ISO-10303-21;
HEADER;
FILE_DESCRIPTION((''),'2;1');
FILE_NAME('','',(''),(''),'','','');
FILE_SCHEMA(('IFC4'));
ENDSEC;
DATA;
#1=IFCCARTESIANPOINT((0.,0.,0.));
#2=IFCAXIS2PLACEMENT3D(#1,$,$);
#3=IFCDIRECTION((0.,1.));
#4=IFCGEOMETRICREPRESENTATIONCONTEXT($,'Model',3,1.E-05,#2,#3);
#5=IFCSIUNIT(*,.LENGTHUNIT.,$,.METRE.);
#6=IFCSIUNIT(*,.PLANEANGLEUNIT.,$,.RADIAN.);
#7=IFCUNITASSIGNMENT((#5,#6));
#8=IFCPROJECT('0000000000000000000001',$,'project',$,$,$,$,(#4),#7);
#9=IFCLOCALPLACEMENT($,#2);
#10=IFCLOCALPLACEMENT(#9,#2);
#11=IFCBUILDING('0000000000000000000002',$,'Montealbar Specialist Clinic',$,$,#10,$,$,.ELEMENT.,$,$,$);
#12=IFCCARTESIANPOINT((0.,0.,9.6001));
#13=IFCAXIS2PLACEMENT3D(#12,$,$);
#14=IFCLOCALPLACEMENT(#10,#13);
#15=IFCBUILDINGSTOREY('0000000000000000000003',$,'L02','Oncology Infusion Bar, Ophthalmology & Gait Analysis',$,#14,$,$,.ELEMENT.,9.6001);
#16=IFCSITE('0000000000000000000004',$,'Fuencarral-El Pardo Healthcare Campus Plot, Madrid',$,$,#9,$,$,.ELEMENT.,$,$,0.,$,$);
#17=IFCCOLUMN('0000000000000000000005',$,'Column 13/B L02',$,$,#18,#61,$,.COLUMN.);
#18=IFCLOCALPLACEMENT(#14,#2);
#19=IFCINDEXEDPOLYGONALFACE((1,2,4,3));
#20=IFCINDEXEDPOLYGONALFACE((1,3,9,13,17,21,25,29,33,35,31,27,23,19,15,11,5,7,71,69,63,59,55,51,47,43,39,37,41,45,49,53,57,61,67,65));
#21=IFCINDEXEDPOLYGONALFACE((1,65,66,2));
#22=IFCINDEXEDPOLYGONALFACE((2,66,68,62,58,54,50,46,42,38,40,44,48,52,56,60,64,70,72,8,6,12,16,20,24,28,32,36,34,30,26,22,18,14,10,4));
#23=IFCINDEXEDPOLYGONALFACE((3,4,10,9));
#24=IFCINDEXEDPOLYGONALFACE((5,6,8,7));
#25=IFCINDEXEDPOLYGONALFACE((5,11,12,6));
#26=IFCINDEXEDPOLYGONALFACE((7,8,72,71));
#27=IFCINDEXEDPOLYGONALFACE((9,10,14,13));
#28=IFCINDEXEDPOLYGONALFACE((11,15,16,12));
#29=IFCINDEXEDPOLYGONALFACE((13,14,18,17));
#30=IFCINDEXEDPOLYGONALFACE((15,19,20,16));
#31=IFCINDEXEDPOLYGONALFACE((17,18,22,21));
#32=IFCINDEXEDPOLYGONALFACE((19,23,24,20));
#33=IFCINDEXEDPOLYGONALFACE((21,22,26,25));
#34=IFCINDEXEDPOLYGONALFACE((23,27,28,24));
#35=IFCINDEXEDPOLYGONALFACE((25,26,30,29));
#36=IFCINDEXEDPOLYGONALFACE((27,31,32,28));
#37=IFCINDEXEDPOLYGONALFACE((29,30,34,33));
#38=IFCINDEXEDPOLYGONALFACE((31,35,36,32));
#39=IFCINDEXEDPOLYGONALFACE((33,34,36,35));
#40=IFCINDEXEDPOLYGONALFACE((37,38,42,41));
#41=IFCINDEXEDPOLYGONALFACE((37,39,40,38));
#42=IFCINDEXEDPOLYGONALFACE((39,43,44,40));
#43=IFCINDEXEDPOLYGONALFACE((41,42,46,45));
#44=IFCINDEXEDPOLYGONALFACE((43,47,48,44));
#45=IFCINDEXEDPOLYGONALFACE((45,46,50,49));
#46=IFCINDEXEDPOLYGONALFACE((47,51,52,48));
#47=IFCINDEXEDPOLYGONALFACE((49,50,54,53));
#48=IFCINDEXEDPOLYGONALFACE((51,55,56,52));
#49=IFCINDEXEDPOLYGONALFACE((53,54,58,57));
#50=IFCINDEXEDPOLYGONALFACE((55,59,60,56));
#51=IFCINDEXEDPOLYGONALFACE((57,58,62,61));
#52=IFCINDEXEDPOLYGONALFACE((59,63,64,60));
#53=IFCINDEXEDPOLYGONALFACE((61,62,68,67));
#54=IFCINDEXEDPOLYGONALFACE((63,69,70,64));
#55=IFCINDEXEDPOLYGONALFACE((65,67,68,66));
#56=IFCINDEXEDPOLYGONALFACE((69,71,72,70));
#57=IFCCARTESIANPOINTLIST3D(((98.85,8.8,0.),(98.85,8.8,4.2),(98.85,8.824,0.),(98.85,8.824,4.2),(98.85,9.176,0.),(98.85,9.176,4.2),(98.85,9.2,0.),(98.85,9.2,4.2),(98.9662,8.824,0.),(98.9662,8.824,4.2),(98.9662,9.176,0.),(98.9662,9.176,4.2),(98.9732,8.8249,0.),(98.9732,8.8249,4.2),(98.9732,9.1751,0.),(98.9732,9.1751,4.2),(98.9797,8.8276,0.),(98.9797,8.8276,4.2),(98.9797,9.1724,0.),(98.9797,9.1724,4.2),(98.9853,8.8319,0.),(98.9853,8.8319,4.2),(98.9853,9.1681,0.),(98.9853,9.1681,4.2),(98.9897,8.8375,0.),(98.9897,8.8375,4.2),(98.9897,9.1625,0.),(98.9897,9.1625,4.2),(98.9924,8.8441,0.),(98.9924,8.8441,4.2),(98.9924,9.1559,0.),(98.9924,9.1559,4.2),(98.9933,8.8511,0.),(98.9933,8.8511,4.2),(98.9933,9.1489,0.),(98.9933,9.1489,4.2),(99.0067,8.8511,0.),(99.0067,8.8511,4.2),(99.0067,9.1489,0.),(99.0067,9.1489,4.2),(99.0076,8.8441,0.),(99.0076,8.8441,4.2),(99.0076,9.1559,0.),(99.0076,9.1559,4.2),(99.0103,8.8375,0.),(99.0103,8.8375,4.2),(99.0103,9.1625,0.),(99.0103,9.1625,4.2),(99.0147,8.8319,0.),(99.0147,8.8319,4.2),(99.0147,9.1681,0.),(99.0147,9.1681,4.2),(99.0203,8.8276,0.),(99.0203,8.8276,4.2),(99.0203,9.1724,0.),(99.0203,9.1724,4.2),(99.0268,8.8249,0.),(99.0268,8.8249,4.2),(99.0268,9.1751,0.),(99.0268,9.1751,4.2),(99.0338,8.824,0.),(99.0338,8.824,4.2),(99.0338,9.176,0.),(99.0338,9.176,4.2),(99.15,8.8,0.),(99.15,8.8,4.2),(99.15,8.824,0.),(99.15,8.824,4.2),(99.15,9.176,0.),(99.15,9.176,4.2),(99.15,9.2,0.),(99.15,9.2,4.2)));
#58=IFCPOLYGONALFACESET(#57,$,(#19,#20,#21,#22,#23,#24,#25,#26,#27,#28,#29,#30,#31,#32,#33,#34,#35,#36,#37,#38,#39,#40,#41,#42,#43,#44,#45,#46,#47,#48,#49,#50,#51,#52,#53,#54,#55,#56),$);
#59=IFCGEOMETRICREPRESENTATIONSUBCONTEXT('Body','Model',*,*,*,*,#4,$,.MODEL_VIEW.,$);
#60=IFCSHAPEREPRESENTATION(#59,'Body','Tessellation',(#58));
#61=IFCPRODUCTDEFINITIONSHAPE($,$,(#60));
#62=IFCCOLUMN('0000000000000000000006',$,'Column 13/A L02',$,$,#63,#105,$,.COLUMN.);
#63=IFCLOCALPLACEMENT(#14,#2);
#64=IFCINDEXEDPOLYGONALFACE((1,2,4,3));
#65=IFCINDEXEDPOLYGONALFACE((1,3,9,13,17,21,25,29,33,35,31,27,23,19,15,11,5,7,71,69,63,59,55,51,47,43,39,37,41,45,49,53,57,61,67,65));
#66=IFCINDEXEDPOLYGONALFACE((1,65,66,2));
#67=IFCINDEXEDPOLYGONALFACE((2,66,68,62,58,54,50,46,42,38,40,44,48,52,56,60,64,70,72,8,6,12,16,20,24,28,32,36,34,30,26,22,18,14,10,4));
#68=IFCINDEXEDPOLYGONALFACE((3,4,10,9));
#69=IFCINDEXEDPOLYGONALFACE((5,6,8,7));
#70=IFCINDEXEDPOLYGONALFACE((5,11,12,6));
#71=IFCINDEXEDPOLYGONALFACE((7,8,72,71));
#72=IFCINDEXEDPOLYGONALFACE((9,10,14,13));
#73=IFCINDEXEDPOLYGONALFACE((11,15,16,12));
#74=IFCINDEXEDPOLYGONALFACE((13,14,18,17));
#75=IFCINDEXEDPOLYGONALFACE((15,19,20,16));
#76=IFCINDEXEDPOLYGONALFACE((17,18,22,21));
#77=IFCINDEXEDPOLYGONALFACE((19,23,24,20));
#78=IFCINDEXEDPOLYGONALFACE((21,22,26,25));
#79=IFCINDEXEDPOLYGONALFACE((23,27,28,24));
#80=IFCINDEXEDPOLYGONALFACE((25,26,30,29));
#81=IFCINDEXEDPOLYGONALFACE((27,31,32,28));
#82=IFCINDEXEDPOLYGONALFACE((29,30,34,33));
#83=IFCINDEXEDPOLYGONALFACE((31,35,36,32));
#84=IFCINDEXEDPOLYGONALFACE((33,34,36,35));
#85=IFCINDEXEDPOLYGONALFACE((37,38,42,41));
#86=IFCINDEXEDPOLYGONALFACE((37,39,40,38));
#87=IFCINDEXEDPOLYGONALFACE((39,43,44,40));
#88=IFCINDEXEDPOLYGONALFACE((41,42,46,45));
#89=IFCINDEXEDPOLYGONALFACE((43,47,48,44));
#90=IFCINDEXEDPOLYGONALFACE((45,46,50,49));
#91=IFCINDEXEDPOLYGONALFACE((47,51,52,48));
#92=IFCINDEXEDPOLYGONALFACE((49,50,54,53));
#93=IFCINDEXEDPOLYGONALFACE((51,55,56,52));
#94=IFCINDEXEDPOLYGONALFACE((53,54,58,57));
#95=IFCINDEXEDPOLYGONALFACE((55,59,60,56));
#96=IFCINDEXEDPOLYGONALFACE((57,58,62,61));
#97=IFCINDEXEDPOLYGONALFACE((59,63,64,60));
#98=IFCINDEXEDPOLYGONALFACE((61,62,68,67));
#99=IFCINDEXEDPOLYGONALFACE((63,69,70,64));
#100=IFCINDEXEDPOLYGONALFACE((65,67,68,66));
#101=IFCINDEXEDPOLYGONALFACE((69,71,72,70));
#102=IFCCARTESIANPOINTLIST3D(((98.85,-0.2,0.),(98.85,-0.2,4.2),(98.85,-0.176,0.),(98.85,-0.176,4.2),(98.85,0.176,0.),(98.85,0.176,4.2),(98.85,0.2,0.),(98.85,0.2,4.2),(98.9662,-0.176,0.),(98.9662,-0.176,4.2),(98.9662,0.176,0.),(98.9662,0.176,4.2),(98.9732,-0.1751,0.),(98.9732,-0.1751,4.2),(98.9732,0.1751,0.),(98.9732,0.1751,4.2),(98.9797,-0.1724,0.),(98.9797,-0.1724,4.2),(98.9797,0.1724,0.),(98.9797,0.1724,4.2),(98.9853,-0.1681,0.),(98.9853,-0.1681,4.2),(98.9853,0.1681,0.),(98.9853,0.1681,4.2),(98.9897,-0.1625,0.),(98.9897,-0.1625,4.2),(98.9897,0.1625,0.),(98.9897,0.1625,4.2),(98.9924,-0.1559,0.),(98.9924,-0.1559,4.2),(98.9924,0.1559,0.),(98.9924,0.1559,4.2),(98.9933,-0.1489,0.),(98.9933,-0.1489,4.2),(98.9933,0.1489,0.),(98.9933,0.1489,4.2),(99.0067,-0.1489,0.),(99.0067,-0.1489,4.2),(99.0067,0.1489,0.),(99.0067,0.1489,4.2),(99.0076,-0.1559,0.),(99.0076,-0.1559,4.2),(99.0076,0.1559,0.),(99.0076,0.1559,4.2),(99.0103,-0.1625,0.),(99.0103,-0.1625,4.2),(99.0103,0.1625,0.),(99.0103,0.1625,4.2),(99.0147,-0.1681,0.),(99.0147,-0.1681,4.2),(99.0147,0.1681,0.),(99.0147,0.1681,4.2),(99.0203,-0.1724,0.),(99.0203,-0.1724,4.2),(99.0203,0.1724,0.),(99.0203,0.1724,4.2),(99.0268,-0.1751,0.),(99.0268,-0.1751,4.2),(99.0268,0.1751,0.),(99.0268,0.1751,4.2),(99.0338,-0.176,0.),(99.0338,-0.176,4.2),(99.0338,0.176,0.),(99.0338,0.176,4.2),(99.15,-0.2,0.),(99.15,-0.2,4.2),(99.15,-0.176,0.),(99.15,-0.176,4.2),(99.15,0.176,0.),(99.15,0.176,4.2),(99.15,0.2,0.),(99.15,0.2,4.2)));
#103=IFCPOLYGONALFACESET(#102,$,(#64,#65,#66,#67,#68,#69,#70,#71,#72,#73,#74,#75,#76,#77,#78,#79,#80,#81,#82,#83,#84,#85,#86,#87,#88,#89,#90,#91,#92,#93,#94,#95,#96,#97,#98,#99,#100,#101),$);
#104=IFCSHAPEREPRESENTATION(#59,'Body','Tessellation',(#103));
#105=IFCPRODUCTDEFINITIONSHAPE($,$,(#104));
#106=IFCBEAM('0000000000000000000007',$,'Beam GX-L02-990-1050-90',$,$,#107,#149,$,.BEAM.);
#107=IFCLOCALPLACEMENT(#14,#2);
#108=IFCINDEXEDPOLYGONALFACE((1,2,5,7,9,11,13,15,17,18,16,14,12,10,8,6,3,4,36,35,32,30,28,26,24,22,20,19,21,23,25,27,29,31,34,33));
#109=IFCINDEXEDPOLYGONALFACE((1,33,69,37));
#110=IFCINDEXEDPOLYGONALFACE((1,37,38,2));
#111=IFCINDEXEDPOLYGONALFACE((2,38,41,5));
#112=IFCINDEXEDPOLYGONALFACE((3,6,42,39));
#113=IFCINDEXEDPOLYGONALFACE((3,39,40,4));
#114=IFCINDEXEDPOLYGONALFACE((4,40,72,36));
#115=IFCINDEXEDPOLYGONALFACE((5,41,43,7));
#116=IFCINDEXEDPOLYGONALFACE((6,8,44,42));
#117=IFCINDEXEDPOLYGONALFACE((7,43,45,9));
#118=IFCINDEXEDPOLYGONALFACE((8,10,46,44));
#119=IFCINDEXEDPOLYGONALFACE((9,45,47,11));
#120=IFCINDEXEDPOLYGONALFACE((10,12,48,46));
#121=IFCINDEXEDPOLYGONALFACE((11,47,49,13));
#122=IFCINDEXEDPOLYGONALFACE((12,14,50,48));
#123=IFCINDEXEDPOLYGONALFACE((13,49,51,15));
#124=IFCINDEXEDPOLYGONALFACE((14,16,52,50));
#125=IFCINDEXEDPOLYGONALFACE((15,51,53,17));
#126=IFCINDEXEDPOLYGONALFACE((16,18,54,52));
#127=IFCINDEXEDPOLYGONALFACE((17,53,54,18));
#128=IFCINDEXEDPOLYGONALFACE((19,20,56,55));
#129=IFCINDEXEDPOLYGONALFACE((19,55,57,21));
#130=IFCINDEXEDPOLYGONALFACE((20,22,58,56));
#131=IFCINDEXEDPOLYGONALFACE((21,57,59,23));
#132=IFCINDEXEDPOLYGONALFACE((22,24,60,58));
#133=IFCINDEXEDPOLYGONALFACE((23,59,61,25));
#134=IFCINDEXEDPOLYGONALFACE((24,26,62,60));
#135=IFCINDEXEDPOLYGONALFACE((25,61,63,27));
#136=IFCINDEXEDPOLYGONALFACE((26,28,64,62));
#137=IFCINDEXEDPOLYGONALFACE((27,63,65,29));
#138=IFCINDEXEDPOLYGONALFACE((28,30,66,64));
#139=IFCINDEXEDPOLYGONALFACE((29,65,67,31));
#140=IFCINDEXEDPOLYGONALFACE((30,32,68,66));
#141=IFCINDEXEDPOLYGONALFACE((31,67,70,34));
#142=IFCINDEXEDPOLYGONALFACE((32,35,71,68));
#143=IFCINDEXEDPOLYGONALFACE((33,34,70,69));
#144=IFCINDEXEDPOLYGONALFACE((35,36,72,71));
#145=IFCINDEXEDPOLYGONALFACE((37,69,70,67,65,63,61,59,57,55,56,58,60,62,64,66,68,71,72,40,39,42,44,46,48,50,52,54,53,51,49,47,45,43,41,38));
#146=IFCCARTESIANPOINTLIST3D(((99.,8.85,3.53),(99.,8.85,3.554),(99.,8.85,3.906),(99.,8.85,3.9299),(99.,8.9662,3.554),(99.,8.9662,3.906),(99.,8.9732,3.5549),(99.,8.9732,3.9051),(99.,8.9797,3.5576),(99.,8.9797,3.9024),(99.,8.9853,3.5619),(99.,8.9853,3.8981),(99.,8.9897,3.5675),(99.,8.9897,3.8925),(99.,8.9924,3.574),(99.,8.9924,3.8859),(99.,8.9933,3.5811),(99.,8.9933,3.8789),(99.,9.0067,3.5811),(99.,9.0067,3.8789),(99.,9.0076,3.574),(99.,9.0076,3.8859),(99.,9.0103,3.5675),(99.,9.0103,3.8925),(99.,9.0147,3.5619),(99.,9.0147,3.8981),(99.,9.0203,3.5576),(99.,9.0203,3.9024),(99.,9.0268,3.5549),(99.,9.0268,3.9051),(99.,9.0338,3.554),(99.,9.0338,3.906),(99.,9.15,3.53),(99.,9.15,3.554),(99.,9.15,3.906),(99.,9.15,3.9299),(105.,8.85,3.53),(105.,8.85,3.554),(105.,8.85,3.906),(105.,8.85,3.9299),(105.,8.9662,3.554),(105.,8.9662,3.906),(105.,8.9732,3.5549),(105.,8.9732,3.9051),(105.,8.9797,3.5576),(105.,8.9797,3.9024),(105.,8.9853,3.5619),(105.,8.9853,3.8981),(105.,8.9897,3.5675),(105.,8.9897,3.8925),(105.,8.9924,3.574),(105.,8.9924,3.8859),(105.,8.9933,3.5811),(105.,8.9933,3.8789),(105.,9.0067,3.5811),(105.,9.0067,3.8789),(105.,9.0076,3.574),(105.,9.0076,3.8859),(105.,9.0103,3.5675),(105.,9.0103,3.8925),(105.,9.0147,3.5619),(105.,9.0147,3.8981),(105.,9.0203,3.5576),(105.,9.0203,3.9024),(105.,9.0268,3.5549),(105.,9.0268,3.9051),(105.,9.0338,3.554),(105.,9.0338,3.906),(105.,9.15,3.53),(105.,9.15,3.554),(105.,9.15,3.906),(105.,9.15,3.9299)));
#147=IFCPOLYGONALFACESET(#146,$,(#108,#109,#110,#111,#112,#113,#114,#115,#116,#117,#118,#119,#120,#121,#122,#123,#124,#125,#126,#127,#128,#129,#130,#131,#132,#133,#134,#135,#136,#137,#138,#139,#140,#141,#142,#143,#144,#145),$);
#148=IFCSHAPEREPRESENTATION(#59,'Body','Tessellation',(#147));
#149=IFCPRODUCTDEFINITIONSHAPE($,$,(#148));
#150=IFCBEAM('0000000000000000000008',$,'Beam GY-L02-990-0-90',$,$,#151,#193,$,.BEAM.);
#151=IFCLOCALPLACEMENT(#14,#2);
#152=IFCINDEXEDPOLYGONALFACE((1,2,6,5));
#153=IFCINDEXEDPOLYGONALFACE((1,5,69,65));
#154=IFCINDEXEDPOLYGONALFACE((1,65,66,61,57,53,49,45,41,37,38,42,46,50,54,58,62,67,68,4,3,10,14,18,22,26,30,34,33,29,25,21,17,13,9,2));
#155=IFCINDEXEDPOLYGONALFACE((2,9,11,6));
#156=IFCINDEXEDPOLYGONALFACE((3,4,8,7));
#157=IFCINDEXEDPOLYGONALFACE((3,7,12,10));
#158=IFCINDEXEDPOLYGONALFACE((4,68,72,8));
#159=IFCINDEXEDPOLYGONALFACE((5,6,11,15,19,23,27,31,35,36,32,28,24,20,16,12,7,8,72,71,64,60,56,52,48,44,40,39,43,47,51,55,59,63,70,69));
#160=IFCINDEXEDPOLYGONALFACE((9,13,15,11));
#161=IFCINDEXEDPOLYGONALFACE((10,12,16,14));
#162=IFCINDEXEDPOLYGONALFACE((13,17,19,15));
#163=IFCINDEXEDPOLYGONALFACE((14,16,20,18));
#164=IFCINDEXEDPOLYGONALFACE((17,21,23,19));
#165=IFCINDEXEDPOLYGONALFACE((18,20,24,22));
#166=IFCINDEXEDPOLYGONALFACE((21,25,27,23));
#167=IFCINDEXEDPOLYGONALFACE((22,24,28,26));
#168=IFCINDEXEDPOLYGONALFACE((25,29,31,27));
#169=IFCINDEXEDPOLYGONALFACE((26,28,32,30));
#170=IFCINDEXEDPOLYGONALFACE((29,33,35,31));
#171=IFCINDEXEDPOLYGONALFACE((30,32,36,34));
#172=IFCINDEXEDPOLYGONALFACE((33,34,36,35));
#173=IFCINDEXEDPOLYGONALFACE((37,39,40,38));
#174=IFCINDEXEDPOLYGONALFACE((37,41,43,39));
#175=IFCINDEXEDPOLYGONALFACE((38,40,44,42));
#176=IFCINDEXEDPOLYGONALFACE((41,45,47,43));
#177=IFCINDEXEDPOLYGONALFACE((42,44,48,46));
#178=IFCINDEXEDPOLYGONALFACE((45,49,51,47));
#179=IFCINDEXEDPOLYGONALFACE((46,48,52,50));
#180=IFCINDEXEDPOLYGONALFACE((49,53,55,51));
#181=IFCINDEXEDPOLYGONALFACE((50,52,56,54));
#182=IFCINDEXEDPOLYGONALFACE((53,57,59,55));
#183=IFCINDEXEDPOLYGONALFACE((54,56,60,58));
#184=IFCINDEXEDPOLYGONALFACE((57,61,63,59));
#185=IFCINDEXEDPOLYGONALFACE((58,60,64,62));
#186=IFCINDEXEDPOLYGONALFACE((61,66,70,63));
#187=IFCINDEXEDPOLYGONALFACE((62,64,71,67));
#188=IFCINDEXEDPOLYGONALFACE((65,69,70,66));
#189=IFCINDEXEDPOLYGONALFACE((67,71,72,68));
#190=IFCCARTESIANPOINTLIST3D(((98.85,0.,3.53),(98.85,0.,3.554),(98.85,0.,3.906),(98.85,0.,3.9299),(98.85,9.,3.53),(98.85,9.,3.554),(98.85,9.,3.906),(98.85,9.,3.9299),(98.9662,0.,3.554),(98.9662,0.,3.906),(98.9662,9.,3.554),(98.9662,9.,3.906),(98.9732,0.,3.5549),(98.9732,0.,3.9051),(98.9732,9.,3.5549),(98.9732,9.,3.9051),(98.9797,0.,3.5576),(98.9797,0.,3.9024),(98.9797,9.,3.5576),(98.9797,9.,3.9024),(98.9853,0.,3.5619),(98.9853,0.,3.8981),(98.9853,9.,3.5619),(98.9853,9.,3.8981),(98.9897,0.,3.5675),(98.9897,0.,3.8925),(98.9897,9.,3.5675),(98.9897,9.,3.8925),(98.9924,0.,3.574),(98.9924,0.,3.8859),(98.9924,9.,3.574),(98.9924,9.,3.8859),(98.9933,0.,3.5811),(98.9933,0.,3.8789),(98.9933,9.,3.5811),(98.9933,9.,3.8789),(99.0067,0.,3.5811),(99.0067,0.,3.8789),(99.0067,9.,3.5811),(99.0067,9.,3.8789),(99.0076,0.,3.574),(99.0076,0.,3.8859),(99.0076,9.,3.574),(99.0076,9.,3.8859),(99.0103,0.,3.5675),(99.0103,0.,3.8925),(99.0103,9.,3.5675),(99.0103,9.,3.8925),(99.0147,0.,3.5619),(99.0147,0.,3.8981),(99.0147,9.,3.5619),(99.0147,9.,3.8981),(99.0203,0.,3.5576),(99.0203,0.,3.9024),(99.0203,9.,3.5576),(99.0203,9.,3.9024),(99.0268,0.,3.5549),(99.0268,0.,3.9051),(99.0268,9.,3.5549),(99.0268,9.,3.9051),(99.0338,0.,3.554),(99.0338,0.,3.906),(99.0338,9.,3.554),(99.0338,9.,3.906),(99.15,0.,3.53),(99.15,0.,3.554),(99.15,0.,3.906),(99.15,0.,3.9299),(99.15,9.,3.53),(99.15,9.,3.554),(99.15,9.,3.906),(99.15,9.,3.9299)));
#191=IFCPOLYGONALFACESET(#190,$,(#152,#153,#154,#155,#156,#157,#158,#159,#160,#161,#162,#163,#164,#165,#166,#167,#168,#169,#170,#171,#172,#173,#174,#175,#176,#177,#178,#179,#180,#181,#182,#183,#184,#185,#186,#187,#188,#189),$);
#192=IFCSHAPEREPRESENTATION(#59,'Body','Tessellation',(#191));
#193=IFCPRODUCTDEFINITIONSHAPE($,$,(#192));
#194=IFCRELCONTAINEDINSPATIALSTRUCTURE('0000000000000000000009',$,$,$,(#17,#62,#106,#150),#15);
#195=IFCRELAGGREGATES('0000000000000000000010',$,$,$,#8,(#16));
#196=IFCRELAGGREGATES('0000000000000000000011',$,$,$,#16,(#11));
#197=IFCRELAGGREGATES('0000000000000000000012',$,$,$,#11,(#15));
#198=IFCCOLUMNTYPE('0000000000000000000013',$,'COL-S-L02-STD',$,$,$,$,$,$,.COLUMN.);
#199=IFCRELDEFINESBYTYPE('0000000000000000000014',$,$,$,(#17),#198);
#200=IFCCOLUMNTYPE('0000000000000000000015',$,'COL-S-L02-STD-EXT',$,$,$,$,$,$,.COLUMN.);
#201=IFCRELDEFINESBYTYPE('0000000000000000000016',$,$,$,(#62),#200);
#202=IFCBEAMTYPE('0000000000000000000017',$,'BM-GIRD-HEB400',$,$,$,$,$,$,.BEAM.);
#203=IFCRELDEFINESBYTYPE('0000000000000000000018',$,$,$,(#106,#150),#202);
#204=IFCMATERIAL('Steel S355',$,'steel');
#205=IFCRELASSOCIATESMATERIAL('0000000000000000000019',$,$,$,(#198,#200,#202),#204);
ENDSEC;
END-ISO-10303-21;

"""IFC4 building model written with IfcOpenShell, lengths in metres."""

from ifc_helpers import new_model, si_unit, direction, frame, origin, origin_2d, place, context, subcontext, project, spatial, i_section, extrude, material, material_profile, profile_set, type_object, element, save


model = new_model("IFC4")

# Units and contexts
model_context = context("Model", 3, precision=1e-05, world=origin(), true_north=direction((0.0, 1.0)))
body_context = subcontext(model_context, "Body", "Model", "MODEL_VIEW")
ifc_project = project(units=[si_unit("LENGTHUNIT", "METRE"), si_unit("PLANEANGLEUNIT", "RADIAN")], contexts=[model_context])

# Site, building, storey
site_placement = place(None, origin())
site = spatial("IfcSite", under=ifc_project, at=site_placement, Name="Fuencarral-El Pardo Healthcare Campus Plot, Madrid", CompositionType="ELEMENT", RefElevation=0.0)
building_placement = place(site_placement, origin())
building = spatial("IfcBuilding", under=site, at=building_placement, Name="Montealbar Specialist Clinic", CompositionType="ELEMENT")
storey_placement = place(building_placement, frame((0.0, 0.0, 9.6001)))
storey = spatial("IfcBuildingStorey", under=building, at=storey_placement, Name="L02", Description="Oncology Infusion Bar, Ophthalmology & Gait Analysis", CompositionType="ELEMENT", Elevation=9.6001)

# Columns
ifc_material_1 = material(Name="Steel S355", Category="steel")
ifc_material_profile_1 = material_profile(ifc_material_1, i_section(OverallWidth=0.3, OverallDepth=0.3999, WebThickness=0.0134, FlangeThickness=0.0239, FilletRadius=0.0271, at=origin_2d()), Name="HEB 400", Category="steel")
ifc_profile_set_1 = profile_set([ifc_material_profile_1], Name="Steel S355")
column_type_1 = type_object("IfcColumnType", Name="COL-S-L02-STD", PredefinedType="COLUMN", material=ifc_profile_set_1)
column_1_placement = place(storey_placement, frame((99.0, 9.0, 0.0), z_axis=(0.0, 0.0, 1.0), x_axis=(1.0, 0.0, 0.0)))
element("IfcColumn", 1, at=column_1_placement, inside=storey, type_object=column_type_1, Name="Column 13/B L02", PredefinedType="COLUMN", context=body_context, shape_type="SweptSolid", body=[
    extrude(i_section(OverallWidth=0.3, OverallDepth=0.3999, WebThickness=0.0134, FlangeThickness=0.0239, FilletRadius=0.0271, at=origin_2d()), origin(), (0.0, 0.0, 1.0), 4.2),
])
ifc_material_profile_2 = material_profile(ifc_material_1, i_section(OverallWidth=0.3, OverallDepth=0.3999, WebThickness=0.0134, FlangeThickness=0.0239, FilletRadius=0.0271, at=origin_2d()), Name="HEB 400", Category="steel")
ifc_profile_set_2 = profile_set([ifc_material_profile_2], Name="Steel S355")
column_type_2 = type_object("IfcColumnType", Name="COL-S-L02-STD-EXT", PredefinedType="COLUMN", material=ifc_profile_set_2)
column_2_placement = place(storey_placement, frame((99.0, 0.0, 0.0), z_axis=(0.0, 0.0, 1.0), x_axis=(1.0, 0.0, 0.0)))
element("IfcColumn", 2, at=column_2_placement, inside=storey, type_object=column_type_2, Name="Column 13/A L02", PredefinedType="COLUMN", context=body_context, shape_type="SweptSolid", body=[
    extrude(i_section(OverallWidth=0.3, OverallDepth=0.3999, WebThickness=0.0134, FlangeThickness=0.0239, FilletRadius=0.0271, at=origin_2d()), origin(), (0.0, 0.0, 1.0), 4.2),
])

# Beams
ifc_material_profile_3 = material_profile(ifc_material_1, i_section(OverallWidth=0.3, OverallDepth=0.3999, WebThickness=0.0134, FlangeThickness=0.0239, FilletRadius=0.0271, at=origin_2d()), Name="HEB 400", Category="steel")
ifc_profile_set_3 = profile_set([ifc_material_profile_3], Name="Steel S355")
beam_type_1 = type_object("IfcBeamType", Name="BM-GIRD-HEB400", PredefinedType="BEAM", material=ifc_profile_set_3)
beam_1_placement = place(storey_placement, frame((99.0, 9.0, 3.73), z_axis=(1.0, 0.0, 0.0), x_axis=(0.0, 1.0, 0.0)))
element("IfcBeam", 3, at=beam_1_placement, inside=storey, type_object=beam_type_1, Name="Beam GX-L02-990-1050-90", PredefinedType="BEAM", context=body_context, shape_type="SweptSolid", body=[
    extrude(i_section(OverallWidth=0.3, OverallDepth=0.3999, WebThickness=0.0134, FlangeThickness=0.0239, FilletRadius=0.0271, at=origin_2d()), origin(), (0.0, 0.0, 1.0), 6.0),
])
for number, where, z_axis, x_axis, name in (
    (4, (99.0, 0.0, 3.73), (0.0, 1.0, 0.0), (-1.0, 0.0, 0.0), "Beam GY-L02-990-0-90"),
):
    element("IfcBeam", number, at=place(storey_placement, frame(where, z_axis=z_axis, x_axis=x_axis)), inside=storey, type_object=beam_type_1, Name=name, PredefinedType="BEAM", context=body_context, shape_type="SweptSolid", body=[
        extrude(i_section(OverallWidth=0.3, OverallDepth=0.3999, WebThickness=0.0134, FlangeThickness=0.0239, FilletRadius=0.0271, at=origin_2d()), origin(), (0.0, 0.0, 1.0), 9.0),
    ])

save(model, "model.ifc")
